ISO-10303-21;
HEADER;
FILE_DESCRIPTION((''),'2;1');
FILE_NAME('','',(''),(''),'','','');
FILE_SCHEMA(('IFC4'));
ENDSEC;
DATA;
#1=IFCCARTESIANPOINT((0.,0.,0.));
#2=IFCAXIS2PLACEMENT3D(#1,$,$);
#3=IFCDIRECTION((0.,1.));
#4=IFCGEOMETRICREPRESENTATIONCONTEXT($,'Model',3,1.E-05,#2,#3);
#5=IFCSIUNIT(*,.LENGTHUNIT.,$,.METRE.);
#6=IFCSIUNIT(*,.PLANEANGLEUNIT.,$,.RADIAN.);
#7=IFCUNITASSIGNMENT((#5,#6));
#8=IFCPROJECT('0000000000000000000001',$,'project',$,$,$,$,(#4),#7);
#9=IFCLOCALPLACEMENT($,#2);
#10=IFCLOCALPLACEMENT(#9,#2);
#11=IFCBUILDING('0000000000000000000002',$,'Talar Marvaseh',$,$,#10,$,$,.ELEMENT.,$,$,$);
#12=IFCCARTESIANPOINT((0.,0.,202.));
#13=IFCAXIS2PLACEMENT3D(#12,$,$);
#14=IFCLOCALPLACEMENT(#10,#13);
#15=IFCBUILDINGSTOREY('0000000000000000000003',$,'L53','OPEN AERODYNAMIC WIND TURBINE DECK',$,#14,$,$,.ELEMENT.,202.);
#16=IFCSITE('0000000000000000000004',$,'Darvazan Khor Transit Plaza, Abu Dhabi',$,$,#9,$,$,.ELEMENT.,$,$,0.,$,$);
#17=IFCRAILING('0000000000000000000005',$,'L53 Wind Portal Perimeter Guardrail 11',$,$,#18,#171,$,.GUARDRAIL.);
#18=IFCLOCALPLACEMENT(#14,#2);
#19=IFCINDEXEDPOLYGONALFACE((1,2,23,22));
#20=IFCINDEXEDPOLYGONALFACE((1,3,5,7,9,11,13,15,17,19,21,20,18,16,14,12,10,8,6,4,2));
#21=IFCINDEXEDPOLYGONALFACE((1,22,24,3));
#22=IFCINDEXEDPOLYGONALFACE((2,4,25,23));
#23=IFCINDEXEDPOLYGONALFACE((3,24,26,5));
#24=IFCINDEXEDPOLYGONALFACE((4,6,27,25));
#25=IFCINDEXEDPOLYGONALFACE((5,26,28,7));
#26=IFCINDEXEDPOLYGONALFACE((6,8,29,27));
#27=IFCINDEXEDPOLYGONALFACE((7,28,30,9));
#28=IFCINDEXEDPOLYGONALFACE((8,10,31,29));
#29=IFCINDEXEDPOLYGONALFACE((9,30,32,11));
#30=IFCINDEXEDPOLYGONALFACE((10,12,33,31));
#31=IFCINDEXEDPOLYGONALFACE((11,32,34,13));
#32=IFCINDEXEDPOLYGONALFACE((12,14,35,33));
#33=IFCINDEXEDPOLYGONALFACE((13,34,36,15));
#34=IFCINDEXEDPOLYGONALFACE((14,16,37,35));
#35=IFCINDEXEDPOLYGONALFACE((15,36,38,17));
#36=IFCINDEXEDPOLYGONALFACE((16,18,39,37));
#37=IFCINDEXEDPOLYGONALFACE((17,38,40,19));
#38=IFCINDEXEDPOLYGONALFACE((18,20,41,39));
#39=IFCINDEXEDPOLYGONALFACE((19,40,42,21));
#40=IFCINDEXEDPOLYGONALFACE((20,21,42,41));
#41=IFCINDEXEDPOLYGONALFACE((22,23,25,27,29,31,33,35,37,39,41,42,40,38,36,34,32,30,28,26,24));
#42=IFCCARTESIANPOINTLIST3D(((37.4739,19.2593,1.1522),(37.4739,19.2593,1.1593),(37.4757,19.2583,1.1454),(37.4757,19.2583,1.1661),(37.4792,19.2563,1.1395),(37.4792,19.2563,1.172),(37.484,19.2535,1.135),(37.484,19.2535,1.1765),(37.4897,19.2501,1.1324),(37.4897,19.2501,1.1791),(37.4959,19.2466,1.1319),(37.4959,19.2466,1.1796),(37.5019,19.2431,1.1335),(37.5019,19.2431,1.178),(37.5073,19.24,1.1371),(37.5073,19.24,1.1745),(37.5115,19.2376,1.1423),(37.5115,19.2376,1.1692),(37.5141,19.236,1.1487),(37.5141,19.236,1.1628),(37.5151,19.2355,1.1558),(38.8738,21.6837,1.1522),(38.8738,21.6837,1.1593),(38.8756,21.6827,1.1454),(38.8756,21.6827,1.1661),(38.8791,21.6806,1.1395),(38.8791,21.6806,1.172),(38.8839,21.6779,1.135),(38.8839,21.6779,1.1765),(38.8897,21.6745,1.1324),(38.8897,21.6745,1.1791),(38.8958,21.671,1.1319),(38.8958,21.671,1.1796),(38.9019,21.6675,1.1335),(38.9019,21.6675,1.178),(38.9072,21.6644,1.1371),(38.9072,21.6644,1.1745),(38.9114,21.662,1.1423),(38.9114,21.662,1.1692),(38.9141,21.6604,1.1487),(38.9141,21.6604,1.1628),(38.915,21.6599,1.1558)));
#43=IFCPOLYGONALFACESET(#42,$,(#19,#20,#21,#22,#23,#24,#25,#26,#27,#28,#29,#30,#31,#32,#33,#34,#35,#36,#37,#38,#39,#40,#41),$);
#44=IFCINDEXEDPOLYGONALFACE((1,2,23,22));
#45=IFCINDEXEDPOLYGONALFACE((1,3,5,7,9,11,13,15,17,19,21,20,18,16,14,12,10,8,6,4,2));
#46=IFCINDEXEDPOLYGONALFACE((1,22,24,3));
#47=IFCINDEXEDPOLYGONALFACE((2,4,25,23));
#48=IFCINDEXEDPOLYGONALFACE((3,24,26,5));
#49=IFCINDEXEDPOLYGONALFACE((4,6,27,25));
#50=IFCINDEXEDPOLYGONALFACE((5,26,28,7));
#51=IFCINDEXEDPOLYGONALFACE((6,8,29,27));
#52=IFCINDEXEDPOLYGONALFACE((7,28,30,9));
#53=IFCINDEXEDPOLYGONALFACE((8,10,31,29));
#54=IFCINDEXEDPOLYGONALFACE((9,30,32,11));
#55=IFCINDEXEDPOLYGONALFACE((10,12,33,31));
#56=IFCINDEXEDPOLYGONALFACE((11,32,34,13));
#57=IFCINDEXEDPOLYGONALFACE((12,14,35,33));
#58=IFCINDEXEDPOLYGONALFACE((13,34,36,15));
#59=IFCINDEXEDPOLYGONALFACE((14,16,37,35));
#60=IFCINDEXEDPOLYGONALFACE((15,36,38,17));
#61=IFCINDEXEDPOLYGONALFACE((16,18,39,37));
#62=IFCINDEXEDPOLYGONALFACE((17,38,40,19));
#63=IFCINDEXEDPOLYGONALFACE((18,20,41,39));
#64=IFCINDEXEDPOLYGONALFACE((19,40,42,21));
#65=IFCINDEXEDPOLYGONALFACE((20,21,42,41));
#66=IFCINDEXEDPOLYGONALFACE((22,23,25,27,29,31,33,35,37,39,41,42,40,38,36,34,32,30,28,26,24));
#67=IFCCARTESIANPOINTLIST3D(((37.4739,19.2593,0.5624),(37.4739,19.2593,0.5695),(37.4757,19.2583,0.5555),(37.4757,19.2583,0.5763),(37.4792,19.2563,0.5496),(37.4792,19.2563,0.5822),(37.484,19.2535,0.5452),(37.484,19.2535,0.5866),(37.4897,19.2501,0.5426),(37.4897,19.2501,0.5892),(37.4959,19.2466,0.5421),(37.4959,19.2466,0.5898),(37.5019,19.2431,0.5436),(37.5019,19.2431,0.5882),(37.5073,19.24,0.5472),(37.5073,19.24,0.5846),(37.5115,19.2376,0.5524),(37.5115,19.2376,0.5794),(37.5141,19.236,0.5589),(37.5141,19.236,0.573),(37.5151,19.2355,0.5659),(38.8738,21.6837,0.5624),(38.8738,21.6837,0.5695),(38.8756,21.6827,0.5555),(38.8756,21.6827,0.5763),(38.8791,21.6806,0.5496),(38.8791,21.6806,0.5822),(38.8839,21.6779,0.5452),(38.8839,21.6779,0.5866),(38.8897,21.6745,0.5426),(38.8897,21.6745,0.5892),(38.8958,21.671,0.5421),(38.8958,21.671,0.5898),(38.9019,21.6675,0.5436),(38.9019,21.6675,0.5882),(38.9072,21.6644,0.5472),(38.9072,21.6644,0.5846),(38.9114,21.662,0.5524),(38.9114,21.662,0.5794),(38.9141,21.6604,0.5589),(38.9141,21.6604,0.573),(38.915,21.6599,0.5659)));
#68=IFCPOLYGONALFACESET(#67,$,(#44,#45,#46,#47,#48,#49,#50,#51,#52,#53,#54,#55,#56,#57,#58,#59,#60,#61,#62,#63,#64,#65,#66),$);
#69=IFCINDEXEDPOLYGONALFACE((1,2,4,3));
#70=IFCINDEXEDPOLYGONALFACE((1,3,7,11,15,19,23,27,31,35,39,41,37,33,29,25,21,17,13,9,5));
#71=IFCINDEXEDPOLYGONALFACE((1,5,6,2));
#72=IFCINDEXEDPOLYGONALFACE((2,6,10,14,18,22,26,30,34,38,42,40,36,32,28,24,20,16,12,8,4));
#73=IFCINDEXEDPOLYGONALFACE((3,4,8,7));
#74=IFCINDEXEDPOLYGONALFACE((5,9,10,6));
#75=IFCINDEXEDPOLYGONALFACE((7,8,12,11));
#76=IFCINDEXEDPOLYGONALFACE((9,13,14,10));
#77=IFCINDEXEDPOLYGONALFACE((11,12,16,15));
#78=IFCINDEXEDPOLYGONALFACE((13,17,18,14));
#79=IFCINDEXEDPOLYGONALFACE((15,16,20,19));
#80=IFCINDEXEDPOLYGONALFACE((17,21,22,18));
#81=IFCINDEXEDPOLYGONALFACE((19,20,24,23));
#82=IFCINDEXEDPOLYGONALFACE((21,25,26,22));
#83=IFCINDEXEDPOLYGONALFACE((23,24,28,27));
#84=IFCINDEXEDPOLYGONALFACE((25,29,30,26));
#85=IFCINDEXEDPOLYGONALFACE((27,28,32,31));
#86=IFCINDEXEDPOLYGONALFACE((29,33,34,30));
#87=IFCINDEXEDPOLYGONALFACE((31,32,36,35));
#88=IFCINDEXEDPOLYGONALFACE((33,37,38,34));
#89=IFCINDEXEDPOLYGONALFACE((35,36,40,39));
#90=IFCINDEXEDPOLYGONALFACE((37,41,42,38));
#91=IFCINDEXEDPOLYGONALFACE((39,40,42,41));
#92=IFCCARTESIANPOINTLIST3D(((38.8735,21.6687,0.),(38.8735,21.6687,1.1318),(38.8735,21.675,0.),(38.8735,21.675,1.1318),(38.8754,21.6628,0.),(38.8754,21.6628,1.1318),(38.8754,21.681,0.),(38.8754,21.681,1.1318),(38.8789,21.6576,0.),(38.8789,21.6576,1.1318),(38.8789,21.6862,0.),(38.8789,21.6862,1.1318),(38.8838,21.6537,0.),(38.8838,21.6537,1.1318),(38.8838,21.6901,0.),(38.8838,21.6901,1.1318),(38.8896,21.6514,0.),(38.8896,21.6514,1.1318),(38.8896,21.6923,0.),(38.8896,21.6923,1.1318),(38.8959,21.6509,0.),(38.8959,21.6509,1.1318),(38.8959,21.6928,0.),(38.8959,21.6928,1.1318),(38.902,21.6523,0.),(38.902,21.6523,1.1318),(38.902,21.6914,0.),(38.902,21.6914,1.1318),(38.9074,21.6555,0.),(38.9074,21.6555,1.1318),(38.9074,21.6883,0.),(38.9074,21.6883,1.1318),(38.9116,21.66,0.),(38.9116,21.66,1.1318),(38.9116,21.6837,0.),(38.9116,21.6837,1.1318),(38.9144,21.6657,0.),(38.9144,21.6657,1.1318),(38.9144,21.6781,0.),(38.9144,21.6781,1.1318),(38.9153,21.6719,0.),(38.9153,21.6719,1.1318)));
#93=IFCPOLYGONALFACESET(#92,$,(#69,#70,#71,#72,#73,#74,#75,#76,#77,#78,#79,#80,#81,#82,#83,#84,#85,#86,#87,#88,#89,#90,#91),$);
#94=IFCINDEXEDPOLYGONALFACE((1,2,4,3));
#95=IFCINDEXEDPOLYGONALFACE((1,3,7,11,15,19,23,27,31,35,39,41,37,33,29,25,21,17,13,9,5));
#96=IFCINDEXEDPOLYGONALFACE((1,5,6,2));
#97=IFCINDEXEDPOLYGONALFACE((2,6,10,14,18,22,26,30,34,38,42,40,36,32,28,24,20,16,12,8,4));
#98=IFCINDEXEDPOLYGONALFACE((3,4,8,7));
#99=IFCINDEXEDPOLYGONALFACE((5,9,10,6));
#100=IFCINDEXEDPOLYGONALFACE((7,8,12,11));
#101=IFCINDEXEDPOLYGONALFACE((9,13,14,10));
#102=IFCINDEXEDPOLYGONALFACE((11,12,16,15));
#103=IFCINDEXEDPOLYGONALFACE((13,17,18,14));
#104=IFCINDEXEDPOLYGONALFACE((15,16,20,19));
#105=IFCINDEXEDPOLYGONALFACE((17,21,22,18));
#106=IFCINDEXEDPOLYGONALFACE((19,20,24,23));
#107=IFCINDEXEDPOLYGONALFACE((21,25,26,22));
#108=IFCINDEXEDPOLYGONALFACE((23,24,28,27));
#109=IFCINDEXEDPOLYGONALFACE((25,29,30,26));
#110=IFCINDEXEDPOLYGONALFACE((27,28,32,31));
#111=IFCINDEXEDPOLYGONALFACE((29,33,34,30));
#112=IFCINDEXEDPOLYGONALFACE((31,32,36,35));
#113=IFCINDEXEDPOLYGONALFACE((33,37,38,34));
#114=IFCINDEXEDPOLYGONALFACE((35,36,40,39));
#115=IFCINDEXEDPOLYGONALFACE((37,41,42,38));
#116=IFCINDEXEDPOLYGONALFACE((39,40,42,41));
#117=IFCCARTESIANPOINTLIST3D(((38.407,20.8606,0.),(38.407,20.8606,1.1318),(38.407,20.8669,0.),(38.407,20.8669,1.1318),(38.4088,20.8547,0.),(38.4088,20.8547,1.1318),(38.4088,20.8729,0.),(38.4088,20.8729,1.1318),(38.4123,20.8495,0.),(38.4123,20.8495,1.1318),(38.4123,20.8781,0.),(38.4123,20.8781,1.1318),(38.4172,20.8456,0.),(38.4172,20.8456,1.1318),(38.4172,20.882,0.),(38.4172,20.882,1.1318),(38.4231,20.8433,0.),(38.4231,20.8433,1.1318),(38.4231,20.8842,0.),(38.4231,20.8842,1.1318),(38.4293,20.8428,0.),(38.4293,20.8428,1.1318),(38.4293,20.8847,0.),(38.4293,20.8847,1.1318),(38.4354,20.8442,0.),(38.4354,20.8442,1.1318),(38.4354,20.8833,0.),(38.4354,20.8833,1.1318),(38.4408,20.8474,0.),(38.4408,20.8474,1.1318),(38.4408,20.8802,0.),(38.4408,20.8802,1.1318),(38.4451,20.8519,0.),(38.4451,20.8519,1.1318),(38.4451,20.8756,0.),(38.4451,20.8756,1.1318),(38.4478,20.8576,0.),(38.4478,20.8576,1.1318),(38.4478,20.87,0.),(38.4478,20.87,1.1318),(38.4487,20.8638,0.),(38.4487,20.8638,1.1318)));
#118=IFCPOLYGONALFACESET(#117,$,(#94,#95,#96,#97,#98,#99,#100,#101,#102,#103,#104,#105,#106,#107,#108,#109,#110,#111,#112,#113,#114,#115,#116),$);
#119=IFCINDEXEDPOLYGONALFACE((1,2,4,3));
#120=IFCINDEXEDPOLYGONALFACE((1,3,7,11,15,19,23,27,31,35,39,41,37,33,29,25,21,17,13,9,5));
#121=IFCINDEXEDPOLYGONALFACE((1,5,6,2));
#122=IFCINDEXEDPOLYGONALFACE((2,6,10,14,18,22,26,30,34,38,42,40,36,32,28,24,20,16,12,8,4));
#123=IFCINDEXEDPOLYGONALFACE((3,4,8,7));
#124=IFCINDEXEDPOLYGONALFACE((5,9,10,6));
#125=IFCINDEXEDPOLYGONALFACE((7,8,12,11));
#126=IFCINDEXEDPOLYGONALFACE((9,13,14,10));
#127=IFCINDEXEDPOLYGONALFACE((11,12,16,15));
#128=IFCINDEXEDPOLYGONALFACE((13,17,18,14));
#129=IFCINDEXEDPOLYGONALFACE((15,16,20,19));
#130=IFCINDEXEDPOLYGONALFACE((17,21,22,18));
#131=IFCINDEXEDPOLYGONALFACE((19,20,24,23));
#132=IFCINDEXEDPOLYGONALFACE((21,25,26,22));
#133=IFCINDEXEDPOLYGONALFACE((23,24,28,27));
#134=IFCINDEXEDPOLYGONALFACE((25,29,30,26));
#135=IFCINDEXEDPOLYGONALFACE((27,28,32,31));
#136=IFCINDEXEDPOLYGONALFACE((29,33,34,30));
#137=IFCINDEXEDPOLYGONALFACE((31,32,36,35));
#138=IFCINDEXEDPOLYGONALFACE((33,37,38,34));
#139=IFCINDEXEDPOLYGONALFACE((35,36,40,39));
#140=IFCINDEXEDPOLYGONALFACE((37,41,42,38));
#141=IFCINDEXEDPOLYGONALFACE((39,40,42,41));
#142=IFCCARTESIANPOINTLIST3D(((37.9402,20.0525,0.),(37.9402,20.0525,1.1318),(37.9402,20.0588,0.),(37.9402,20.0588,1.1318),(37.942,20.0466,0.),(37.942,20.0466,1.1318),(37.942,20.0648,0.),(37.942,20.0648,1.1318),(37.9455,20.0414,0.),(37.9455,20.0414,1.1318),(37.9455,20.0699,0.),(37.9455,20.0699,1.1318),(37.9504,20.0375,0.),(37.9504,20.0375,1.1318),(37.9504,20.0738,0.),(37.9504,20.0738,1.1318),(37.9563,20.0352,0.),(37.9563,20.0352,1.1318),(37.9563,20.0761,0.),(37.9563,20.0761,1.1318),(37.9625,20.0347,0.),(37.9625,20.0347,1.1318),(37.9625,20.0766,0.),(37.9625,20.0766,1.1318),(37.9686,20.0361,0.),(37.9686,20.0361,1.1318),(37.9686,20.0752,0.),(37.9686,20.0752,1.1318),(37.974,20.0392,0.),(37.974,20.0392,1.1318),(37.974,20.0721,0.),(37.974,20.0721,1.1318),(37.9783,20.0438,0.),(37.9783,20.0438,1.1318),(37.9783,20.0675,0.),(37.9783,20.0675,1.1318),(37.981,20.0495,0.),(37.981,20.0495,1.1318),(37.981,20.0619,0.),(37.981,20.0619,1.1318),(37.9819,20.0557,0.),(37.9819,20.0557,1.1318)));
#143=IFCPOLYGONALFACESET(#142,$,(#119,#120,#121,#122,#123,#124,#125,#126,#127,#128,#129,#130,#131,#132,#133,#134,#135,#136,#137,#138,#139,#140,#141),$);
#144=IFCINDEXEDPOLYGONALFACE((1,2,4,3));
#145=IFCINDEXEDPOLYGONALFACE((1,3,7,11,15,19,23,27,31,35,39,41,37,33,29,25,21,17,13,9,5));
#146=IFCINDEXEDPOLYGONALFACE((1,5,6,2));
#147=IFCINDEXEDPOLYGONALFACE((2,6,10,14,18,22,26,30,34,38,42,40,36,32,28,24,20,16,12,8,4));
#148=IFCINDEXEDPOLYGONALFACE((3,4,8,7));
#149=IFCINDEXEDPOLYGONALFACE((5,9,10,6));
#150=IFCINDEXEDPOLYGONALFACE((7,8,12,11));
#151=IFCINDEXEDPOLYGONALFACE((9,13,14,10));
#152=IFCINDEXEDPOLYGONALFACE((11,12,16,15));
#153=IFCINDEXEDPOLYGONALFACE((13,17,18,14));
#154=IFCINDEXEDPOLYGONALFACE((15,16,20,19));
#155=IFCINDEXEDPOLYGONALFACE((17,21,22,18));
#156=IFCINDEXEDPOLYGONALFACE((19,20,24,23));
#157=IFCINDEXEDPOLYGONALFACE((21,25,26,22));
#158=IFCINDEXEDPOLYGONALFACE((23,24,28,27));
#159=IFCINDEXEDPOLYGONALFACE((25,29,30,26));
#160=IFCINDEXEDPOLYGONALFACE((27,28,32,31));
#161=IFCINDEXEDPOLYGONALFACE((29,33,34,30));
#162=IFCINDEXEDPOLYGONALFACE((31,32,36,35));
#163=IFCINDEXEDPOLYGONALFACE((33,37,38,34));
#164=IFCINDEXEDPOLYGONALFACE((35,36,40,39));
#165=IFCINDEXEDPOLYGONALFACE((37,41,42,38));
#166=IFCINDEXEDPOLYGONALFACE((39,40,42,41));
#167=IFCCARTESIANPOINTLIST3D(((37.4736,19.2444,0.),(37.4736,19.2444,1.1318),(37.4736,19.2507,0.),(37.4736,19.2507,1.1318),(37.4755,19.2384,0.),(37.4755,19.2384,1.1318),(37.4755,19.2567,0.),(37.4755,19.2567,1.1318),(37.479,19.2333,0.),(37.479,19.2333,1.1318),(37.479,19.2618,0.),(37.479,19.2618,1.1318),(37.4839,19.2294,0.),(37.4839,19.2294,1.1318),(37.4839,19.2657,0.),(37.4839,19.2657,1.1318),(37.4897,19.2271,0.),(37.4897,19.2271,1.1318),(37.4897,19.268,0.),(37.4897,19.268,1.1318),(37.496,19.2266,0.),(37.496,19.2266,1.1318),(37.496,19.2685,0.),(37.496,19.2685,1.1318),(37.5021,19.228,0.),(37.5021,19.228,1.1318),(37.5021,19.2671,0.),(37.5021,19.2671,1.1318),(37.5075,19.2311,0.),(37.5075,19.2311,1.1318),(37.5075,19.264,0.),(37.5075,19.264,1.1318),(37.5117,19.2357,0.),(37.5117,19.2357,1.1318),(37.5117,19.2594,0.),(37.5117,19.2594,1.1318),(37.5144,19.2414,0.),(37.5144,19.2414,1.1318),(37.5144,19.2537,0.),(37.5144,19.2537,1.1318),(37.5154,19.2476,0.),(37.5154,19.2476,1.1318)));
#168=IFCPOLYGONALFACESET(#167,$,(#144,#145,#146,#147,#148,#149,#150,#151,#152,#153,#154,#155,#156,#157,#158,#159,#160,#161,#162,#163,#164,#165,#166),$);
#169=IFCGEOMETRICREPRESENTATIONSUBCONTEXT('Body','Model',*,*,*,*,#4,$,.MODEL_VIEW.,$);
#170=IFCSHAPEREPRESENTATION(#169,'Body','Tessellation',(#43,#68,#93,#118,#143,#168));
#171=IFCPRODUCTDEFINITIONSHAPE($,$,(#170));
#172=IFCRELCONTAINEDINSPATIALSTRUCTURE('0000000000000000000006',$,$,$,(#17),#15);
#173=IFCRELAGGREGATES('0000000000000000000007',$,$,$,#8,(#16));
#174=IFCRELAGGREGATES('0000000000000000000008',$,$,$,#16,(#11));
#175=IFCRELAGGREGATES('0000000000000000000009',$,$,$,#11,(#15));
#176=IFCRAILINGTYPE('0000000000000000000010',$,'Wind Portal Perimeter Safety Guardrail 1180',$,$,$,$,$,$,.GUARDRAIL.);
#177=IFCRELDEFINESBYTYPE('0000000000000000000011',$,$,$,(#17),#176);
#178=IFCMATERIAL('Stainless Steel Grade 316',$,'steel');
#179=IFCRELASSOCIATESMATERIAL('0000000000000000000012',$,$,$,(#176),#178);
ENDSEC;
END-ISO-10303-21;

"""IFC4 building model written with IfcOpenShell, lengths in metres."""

from ifc_helpers import new_model, si_unit, direction, frame, origin, origin_2d, place, context, subcontext, project, spatial, circle, extrude, material, type_object, element, save


model = new_model("IFC4")

# Units and contexts
model_context = context("Model", 3, precision=1e-05, world=origin(), true_north=direction((0.0, 1.0)))
body_context = subcontext(model_context, "Body", "Model", "MODEL_VIEW")
ifc_project = project(units=[si_unit("LENGTHUNIT", "METRE"), si_unit("PLANEANGLEUNIT", "RADIAN")], contexts=[model_context])

# Site, building, storey
site_placement = place(None, origin())
site = spatial("IfcSite", under=ifc_project, at=site_placement, Name="Darvazan Khor Transit Plaza, Abu Dhabi", CompositionType="ELEMENT", RefElevation=0.0)
building_placement = place(site_placement, origin())
building = spatial("IfcBuilding", under=site, at=building_placement, Name="Talar Marvaseh", CompositionType="ELEMENT")
storey_placement = place(building_placement, frame((0.0, 0.0, 202.0)))
storey = spatial("IfcBuildingStorey", under=building, at=storey_placement, Name="L53", Description="OPEN AERODYNAMIC WIND TURBINE DECK", CompositionType="ELEMENT", Elevation=202.0)

# Railing
ifc_material_1 = material(Name="Stainless Steel Grade 316", Category="steel")
railing_type = type_object("IfcRailingType", Name="Wind Portal Perimeter Safety Guardrail 1180", PredefinedType="GUARDRAIL", material=ifc_material_1)
railing_1_placement = place(storey_placement, frame((38.8943, 21.6719, 0.0)))
element("IfcRailing", 1, at=railing_1_placement, inside=storey, type_object=railing_type, Name="L53 Wind Portal Perimeter Guardrail 11", PredefinedType="GUARDRAIL", context=body_context, shape_type="SweptSolid", body=[
    extrude(circle(Radius=0.0239, at=origin_2d()), frame((0.0, 0.0, 1.1558), z_axis=(-0.50006, -0.865991, 0.0), x_axis=(0.865991, -0.50006, 0.0)), (0.0, 0.0, 1.0), 2.7996),
    extrude(circle(Radius=0.0239, at=origin_2d()), frame((0.0, 0.0, 0.5659), z_axis=(-0.50006, -0.865991, 0.0), x_axis=(0.865991, -0.50006, 0.0)), (0.0, 0.0, 1.0), 2.7996),
    extrude(circle(Radius=0.021, at=origin_2d()), origin(), (0.0, 0.0, 1.0), 1.1318),
    extrude(circle(Radius=0.021, at=origin_2d()), frame((-0.4666, -0.8081, 0.0)), (0.0, 0.0, 1.0), 1.1318),
    extrude(circle(Radius=0.021, at=origin_2d()), frame((-0.9333, -1.6162, 0.0)), (0.0, 0.0, 1.0), 1.1318),
    extrude(circle(Radius=0.021, at=origin_2d()), frame((-1.3999, -2.4243, 0.0)), (0.0, 0.0, 1.0), 1.1318),
])

save(model, "model.ifc")
